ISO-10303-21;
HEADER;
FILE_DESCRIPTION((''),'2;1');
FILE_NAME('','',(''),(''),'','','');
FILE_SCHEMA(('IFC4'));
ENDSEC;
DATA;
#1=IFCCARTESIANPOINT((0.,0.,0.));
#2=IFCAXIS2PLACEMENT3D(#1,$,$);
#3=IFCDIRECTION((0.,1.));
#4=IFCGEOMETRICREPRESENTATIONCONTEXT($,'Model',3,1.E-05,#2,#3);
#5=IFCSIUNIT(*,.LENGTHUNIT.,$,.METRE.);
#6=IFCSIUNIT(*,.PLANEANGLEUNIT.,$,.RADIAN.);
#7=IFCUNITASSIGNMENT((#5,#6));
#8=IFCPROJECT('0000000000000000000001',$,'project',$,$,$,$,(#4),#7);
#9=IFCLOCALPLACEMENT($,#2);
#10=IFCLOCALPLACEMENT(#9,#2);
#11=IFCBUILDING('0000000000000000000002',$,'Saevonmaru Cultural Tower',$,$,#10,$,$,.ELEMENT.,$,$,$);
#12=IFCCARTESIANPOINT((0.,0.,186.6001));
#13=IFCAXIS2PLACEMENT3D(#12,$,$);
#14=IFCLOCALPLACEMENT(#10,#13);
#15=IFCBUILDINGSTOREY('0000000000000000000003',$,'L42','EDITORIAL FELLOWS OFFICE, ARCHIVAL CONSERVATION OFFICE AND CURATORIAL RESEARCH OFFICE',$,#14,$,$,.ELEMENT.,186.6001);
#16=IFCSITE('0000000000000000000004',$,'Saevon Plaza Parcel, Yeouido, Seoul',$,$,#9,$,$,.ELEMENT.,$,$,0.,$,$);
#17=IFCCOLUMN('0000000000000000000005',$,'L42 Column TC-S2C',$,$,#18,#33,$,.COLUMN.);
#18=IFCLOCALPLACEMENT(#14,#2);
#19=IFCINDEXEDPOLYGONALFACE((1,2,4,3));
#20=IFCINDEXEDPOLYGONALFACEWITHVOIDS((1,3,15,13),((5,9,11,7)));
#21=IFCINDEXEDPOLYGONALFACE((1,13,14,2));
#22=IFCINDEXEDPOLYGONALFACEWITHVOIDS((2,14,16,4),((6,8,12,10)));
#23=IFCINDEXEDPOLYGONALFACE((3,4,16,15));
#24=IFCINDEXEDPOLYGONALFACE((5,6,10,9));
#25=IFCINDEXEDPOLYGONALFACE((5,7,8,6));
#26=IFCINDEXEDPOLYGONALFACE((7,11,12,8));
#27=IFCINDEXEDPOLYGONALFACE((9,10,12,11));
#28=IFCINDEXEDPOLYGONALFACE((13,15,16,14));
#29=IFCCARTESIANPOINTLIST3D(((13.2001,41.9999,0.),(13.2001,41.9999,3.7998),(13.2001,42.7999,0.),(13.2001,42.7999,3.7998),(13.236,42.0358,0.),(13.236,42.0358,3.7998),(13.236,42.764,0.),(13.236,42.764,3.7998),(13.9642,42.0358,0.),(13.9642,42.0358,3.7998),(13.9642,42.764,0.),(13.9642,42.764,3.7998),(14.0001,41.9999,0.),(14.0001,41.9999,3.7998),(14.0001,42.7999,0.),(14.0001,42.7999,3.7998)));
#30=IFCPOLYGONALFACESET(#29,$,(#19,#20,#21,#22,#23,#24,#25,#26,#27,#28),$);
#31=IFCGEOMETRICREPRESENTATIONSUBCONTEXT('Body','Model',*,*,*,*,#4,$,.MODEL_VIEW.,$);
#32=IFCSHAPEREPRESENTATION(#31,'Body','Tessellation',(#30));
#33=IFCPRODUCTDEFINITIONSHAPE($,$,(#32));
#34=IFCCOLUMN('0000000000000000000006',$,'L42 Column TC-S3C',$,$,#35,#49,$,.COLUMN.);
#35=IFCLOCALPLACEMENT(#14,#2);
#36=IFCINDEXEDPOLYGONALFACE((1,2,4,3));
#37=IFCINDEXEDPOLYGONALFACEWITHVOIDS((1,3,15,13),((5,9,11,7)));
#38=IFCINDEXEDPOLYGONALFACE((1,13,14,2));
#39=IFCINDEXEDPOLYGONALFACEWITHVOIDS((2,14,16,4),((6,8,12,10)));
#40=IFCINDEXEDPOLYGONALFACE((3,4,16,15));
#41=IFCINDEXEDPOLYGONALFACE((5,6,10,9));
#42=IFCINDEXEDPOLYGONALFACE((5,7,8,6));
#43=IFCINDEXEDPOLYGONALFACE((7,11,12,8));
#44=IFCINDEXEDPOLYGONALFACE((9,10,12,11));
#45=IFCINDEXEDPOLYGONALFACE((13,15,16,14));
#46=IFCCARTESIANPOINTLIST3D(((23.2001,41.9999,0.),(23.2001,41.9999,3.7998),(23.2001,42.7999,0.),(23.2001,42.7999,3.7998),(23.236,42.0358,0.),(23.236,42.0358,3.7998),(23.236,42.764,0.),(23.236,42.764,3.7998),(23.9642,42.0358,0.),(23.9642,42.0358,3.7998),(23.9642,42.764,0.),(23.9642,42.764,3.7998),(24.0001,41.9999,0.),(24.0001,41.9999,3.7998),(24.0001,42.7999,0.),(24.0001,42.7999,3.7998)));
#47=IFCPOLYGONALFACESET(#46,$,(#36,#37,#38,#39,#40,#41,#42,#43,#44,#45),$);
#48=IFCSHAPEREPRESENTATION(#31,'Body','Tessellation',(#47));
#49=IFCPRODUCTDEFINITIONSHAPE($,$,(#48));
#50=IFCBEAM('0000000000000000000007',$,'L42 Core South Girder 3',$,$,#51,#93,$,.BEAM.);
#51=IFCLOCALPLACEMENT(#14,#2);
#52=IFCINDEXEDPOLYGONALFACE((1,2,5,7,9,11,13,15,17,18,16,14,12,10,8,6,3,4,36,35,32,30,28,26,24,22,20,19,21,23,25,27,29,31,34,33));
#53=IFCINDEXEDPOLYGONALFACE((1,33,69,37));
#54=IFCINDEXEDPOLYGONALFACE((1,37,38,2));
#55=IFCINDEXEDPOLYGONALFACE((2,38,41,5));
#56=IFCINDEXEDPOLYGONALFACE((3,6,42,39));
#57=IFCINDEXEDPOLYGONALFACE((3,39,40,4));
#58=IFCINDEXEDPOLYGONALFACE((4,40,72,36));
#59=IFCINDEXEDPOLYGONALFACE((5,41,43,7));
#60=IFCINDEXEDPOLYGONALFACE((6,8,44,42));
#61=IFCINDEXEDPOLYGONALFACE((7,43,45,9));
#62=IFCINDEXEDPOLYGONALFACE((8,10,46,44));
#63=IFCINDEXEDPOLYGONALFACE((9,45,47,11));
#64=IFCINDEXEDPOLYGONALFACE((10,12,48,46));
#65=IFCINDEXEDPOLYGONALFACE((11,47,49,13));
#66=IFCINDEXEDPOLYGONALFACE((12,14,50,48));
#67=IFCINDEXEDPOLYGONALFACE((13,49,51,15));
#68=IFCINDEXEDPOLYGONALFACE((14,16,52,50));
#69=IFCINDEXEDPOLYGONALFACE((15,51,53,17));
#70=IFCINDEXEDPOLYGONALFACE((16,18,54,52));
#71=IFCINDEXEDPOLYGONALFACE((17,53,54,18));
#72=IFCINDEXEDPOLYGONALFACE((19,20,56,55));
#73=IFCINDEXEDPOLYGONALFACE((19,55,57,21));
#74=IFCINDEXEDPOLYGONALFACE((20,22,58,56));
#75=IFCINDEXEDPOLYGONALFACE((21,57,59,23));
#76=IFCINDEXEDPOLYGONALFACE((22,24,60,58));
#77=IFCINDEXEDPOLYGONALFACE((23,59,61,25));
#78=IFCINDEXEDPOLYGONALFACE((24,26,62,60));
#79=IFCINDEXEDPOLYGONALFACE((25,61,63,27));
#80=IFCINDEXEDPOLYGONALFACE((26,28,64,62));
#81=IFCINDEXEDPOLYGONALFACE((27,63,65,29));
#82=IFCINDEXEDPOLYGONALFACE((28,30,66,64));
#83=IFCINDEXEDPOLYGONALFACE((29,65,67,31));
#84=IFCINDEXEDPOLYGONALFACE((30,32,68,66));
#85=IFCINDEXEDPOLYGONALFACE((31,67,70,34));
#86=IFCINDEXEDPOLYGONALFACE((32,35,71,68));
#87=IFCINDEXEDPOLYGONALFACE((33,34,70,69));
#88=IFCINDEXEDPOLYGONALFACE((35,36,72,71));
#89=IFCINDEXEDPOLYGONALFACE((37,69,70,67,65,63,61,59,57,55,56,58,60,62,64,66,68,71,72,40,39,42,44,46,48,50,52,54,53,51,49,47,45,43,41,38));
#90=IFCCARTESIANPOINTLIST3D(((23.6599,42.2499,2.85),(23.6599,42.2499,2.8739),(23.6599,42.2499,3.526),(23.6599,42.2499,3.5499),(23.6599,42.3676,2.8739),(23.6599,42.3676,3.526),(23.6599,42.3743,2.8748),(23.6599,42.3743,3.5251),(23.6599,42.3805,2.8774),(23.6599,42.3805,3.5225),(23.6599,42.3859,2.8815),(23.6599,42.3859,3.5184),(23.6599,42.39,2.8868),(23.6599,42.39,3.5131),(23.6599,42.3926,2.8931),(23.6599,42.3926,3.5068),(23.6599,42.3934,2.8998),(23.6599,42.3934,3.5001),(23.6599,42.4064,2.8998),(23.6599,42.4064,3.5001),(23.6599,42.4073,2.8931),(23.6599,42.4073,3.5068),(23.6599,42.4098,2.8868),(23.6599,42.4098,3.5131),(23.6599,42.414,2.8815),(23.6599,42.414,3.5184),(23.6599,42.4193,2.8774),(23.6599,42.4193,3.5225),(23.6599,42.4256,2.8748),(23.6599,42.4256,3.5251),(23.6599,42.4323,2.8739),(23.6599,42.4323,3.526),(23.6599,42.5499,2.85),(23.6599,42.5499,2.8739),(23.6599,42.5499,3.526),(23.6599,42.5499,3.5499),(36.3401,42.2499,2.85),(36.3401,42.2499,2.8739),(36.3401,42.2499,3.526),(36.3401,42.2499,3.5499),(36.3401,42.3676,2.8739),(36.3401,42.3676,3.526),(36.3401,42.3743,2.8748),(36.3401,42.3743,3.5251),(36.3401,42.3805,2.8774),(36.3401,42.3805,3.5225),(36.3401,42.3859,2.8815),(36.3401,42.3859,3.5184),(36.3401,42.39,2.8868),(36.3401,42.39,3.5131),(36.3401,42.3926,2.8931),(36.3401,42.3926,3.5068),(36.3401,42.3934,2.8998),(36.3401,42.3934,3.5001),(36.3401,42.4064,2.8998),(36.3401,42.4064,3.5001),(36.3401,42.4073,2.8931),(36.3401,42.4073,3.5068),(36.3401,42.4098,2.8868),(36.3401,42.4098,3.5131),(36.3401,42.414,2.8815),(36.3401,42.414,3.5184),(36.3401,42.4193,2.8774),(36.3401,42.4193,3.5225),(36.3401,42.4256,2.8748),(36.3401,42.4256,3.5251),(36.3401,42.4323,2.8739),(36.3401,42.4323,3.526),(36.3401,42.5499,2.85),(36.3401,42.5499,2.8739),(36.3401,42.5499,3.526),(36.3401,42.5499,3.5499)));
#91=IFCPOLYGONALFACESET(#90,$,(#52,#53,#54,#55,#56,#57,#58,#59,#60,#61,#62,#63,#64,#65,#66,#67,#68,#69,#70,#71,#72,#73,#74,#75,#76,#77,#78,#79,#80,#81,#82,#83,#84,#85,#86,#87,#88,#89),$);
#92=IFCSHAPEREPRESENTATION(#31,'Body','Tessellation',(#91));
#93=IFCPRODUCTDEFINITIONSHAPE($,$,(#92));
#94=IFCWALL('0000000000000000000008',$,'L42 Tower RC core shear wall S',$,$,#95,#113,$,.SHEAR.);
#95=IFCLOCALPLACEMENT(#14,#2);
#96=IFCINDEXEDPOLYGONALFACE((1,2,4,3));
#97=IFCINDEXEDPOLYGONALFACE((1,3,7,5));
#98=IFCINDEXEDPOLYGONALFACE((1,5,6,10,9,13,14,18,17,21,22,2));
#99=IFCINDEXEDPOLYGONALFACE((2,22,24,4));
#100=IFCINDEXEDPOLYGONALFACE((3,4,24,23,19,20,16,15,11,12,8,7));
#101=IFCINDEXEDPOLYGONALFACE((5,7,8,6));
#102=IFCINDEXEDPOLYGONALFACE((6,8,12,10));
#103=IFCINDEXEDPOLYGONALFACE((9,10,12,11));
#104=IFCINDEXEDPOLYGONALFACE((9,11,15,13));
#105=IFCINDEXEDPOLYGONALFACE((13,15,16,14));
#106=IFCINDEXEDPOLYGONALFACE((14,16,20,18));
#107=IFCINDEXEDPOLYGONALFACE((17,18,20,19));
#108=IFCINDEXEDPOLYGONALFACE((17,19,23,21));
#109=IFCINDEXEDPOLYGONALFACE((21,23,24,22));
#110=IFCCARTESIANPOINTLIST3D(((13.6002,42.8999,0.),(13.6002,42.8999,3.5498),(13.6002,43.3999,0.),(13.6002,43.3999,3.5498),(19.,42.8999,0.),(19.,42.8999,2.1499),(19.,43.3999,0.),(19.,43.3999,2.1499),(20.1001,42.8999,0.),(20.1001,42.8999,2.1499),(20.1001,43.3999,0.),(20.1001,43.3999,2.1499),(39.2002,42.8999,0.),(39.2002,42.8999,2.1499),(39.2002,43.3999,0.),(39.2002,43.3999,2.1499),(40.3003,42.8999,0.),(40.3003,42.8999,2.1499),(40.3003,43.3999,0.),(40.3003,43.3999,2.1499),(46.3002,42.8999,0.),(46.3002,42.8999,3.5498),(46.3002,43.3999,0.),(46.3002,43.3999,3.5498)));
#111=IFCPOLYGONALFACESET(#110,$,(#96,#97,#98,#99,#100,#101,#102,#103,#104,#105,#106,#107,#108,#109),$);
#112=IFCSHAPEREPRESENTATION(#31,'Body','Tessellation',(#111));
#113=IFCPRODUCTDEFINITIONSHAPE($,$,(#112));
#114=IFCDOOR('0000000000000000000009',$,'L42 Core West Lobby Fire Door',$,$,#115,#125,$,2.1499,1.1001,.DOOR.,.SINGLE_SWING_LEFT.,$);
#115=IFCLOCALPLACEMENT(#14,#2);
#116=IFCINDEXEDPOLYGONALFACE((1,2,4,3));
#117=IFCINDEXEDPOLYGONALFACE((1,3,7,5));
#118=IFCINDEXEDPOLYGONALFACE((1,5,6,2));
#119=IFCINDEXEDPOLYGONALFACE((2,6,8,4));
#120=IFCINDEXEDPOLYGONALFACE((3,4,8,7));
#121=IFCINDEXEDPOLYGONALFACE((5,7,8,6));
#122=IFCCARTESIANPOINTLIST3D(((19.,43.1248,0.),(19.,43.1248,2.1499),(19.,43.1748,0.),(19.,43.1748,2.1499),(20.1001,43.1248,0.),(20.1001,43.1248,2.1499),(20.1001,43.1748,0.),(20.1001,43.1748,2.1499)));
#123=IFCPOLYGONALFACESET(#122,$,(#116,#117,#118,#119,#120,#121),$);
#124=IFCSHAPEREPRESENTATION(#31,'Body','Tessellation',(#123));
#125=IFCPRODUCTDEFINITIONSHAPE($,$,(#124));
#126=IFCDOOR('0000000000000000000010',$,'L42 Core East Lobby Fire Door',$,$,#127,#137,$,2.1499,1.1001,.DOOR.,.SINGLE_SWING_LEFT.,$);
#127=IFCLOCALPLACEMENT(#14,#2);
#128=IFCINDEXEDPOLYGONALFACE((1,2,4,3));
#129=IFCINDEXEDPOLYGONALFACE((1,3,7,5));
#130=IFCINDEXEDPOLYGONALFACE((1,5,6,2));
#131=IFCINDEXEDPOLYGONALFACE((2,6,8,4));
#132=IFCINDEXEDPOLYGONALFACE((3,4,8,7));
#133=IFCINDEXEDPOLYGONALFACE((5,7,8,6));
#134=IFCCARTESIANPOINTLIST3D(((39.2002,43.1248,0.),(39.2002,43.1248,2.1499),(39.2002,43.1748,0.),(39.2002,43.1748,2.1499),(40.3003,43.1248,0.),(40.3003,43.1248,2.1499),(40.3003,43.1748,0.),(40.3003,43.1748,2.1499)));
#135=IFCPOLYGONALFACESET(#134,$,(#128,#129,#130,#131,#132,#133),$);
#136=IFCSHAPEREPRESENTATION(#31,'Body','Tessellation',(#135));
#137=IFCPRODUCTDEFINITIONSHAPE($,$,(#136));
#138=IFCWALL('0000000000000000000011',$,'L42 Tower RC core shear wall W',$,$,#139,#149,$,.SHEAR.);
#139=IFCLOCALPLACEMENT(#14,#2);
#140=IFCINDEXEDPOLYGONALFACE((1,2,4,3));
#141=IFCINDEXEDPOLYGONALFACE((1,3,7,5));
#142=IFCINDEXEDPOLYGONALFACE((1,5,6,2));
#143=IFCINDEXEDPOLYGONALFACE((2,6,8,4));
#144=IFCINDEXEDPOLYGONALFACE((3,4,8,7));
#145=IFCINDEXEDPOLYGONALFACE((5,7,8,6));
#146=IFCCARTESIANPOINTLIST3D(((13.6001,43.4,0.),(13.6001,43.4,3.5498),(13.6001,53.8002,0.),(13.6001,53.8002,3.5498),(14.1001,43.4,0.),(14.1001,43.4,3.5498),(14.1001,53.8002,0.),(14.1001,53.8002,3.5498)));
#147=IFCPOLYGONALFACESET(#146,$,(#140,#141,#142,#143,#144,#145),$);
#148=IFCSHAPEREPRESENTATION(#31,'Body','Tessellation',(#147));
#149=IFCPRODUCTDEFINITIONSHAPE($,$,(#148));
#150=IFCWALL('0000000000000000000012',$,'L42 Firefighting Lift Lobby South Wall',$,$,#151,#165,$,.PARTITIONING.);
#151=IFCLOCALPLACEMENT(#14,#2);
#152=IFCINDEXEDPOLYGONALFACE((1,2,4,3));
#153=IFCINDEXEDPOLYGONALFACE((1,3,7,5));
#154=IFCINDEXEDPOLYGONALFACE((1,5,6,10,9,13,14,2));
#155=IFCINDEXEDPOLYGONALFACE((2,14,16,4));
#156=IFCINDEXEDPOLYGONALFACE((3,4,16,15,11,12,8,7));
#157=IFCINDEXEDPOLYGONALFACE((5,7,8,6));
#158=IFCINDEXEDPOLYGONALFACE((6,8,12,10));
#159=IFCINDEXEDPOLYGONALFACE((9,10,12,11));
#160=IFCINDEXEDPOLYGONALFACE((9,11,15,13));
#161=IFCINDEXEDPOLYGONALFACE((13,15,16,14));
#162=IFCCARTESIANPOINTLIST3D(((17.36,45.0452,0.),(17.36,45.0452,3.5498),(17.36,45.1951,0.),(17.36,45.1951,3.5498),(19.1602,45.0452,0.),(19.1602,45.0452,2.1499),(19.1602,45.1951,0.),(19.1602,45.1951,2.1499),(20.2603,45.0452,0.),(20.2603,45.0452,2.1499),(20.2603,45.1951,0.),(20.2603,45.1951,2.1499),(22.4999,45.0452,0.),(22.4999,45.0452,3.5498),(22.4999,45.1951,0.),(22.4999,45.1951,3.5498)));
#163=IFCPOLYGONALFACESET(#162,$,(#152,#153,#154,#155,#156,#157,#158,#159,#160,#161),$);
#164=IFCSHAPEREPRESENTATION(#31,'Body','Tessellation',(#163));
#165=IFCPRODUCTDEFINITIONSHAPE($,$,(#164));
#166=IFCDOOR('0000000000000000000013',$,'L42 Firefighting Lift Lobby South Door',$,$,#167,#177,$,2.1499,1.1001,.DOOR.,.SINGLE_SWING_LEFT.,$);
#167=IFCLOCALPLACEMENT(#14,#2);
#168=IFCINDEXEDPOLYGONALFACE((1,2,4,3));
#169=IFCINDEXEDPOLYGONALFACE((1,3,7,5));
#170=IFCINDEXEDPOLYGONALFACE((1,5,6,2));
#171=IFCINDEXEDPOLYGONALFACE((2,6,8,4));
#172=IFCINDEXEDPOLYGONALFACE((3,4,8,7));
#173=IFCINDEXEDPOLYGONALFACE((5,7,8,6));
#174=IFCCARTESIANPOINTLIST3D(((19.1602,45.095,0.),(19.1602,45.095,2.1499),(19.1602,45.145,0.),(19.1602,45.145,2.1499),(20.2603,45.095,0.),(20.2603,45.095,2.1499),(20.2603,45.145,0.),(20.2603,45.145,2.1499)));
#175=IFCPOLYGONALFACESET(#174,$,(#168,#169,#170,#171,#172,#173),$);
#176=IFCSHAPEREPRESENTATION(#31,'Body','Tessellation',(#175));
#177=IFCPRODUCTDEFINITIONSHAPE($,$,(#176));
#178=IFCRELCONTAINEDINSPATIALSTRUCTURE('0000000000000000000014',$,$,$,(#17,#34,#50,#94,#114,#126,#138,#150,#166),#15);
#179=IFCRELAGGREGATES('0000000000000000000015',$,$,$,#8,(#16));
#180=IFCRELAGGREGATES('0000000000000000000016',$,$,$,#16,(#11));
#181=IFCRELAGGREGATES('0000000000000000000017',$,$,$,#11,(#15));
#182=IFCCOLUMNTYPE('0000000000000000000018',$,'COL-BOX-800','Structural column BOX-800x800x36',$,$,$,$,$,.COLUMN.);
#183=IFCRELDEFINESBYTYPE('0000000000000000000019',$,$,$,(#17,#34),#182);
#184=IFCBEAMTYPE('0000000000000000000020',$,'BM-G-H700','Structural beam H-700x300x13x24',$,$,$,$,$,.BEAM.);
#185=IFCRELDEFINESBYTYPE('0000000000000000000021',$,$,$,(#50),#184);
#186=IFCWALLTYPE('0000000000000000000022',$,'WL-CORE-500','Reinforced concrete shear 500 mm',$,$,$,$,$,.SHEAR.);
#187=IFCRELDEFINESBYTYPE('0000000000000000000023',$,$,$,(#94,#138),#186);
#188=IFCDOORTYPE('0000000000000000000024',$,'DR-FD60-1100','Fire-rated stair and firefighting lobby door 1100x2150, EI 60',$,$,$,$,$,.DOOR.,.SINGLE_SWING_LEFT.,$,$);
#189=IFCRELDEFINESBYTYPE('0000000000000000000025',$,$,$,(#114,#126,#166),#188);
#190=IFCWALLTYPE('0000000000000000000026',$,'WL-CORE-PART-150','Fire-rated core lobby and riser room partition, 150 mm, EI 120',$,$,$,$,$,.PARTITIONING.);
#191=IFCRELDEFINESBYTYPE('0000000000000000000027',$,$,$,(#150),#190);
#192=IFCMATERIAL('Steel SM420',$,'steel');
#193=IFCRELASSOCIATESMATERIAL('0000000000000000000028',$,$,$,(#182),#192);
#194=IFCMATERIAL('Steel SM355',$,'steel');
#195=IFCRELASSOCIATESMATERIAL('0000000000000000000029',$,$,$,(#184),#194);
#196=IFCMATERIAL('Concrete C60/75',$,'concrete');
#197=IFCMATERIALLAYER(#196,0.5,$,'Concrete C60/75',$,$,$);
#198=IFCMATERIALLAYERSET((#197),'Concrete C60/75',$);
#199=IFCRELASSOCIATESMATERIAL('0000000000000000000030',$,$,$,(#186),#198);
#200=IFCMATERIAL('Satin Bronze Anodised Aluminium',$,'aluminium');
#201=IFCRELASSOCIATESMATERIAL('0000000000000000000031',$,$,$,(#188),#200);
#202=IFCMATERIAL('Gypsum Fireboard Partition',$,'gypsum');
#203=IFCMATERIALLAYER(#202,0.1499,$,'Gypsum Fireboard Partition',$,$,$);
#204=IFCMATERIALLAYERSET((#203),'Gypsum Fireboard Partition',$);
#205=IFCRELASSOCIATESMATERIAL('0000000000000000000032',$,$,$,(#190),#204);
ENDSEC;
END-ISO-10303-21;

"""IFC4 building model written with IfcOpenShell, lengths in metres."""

from ifc_helpers import new_model, si_unit, direction, frame, frame_2d, origin, origin_2d, place, context, subcontext, project, spatial, rectangle, hollow_rectangle, i_section, extrude, material, layer, layer_set, material_profile, profile_set, type_object, element, fill, save


model = new_model("IFC4")

# Units and contexts
model_context = context("Model", 3, precision=1e-05, world=origin(), true_north=direction((0.0, 1.0)))
body_context = subcontext(model_context, "Body", "Model", "MODEL_VIEW")
ifc_project = project(units=[si_unit("LENGTHUNIT", "METRE"), si_unit("PLANEANGLEUNIT", "RADIAN")], contexts=[model_context])

# Site, building, storey
site_placement = place(None, origin())
site = spatial("IfcSite", under=ifc_project, at=site_placement, Name="Saevon Plaza Parcel, Yeouido, Seoul", CompositionType="ELEMENT", RefElevation=0.0)
building_placement = place(site_placement, origin())
building = spatial("IfcBuilding", under=site, at=building_placement, Name="Saevonmaru Cultural Tower", CompositionType="ELEMENT")
storey_placement = place(building_placement, frame((0.0, 0.0, 186.6001)))
storey = spatial("IfcBuildingStorey", under=building, at=storey_placement, Name="L42", Description="EDITORIAL FELLOWS OFFICE, ARCHIVAL CONSERVATION OFFICE AND CURATORIAL RESEARCH OFFICE", CompositionType="ELEMENT", Elevation=186.6001)

# Columns
ifc_material_1 = material(Name="Steel SM420", Category="steel")
ifc_material_profile_1 = material_profile(ifc_material_1, hollow_rectangle(XDim=0.8, YDim=0.8, WallThickness=0.0359, at=origin_2d()), Name="BOX-800x800x36")
ifc_profile_set_1 = profile_set([ifc_material_profile_1], Name="Steel SM420")
column_type = type_object("IfcColumnType", Name="COL-BOX-800", Description="Structural column BOX-800x800x36", PredefinedType="COLUMN", material=ifc_profile_set_1)
for number, where, z_axis, x_axis, name in (
    (1, (13.6001, 42.3999, 0.0), (0.0, 0.0, 1.0), (1.0, 0.0, 0.0), "L42 Column TC-S2C"),
    (2, (23.6001, 42.3999, 0.0), (0.0, 0.0, 1.0), (1.0, 0.0, 0.0), "L42 Column TC-S3C"),
):
    element("IfcColumn", number, at=place(storey_placement, frame(where, z_axis=z_axis, x_axis=x_axis)), inside=storey, type_object=column_type, Name=name, PredefinedType="COLUMN", context=body_context, shape_type="SweptSolid", body=[
        extrude(hollow_rectangle(XDim=0.8, YDim=0.8, WallThickness=0.0359, at=origin_2d()), origin(), (0.0, 0.0, 1.0), 3.7998),
    ])

# Beam
ifc_material_2 = material(Name="Steel SM355", Category="steel")
ifc_material_profile_2 = material_profile(ifc_material_2, i_section(OverallWidth=0.3, OverallDepth=0.7, WebThickness=0.0129, FlangeThickness=0.0239, FilletRadius=0.0259, at=origin_2d()), Name="H-700x300x13x24")
ifc_profile_set_2 = profile_set([ifc_material_profile_2], Name="Steel SM355")
beam_type = type_object("IfcBeamType", Name="BM-G-H700", Description="Structural beam H-700x300x13x24", PredefinedType="BEAM", material=ifc_profile_set_2)
beam_placement = place(storey_placement, frame((23.6599, 42.3999, 3.2), z_axis=(1.0, 0.0, 0.0), x_axis=(0.0, 1.0, 0.0)))
element("IfcBeam", 3, at=beam_placement, inside=storey, type_object=beam_type, Name="L42 Core South Girder 3", PredefinedType="BEAM", context=body_context, shape_type="SweptSolid", body=[
    extrude(i_section(OverallWidth=0.3, OverallDepth=0.7, WebThickness=0.0129, FlangeThickness=0.0239, FilletRadius=0.0259, at=origin_2d()), origin(), (0.0, 0.0, 1.0), 12.6802),
])

# Wall, openings, doors
ifc_material_3 = material(Name="Concrete C60/75", Category="concrete")
ifc_layer_1 = layer(ifc_material_3, 0.5, Name="Concrete C60/75")
ifc_layer_set_1 = layer_set([ifc_layer_1], Name="Concrete C60/75")
wall_type_1 = type_object("IfcWallType", Name="WL-CORE-500", Description="Reinforced concrete shear 500 mm", PredefinedType="SHEAR", material=ifc_layer_set_1)
wall_1_placement = place(storey_placement, frame((13.6001, 43.1499, 0.0), z_axis=(0.0, 0.0, 1.0), x_axis=(1.0, 0.0, 0.0)))
wall_1 = element("IfcWall", 4, at=wall_1_placement, inside=storey, type_object=wall_type_1, Name="L42 Tower RC core shear wall S", PredefinedType="SHEAR", context=body_context, shape_type="SweptSolid", body=[
    extrude(rectangle(XDim=32.7, YDim=0.5, at=frame_2d((16.3501, 0.0))), origin(), (0.0, 0.0, 1.0), 3.5498),
])
opening_1_placement = place(wall_1_placement, frame((5.3999, 0.0, 0.0)))
opening_1 = element("IfcOpeningElement", 5, at=opening_1_placement, cuts=wall_1, PredefinedType="OPENING", context=body_context, shape_type="SweptSolid", body=[
    extrude(rectangle(XDim=1.1001, YDim=2.1499, at=frame_2d((0.55, 1.075))), frame((0.0, 0.26, 0.0), z_axis=(0.0, -1.0, 0.0), x_axis=(1.0, 0.0, 0.0)), (0.0, 0.0, 1.0), 0.52),
])
opening_2_placement = place(wall_1_placement, frame((25.6001, 0.0, 0.0)))
opening_2 = element("IfcOpeningElement", 6, at=opening_2_placement, cuts=wall_1, PredefinedType="OPENING", context=body_context, shape_type="SweptSolid", body=[
    extrude(rectangle(XDim=1.1001, YDim=2.1499, at=frame_2d((0.55, 1.075))), frame((0.0, 0.26, 0.0), z_axis=(0.0, -1.0, 0.0), x_axis=(1.0, 0.0, 0.0)), (0.0, 0.0, 1.0), 0.52),
])
ifc_material_4 = material(Name="Satin Bronze Anodised Aluminium", Category="aluminium")
door_type_1 = type_object("IfcDoorType", Name="DR-FD60-1100", Description="Fire-rated stair and firefighting lobby door 1100x2150, EI 60", OperationType="SINGLE_SWING_LEFT", PredefinedType="DOOR", material=ifc_material_4)
door_1_placement = place(opening_1_placement, origin())
door_1 = element("IfcDoor", 7, at=door_1_placement, inside=storey, type_object=door_type_1, Name="L42 Core West Lobby Fire Door", OperationType="SINGLE_SWING_LEFT", OverallHeight=2.1499, OverallWidth=1.1001, PredefinedType="DOOR", context=body_context, shape_type="SweptSolid", body=[
    extrude(rectangle(XDim=1.1001, YDim=2.1499, at=frame_2d((0.55, 1.075))), frame((0.0, 0.0249, 0.0), z_axis=(0.0, -1.0, 0.0), x_axis=(1.0, 0.0, 0.0)), (0.0, 0.0, 1.0), 0.05),
])
fill(opening_1, door_1)
door_2_placement = place(opening_2_placement, origin())
door_2 = element("IfcDoor", 8, at=door_2_placement, inside=storey, type_object=door_type_1, Name="L42 Core East Lobby Fire Door", OperationType="SINGLE_SWING_LEFT", OverallHeight=2.1499, OverallWidth=1.1001, PredefinedType="DOOR", context=body_context, shape_type="SweptSolid", body=[
    extrude(rectangle(XDim=1.1001, YDim=2.1499, at=frame_2d((0.55, 1.075))), frame((0.0, 0.0249, 0.0), z_axis=(0.0, -1.0, 0.0), x_axis=(1.0, 0.0, 0.0)), (0.0, 0.0, 1.0), 0.05),
])
fill(opening_2, door_2)

# Wall
wall_2_placement = place(storey_placement, frame((13.8501, 43.3999, 0.0), z_axis=(0.0, 0.0, 1.0), x_axis=(0.0, 1.0, 0.0)))
element("IfcWall", 9, at=wall_2_placement, inside=storey, type_object=wall_type_1, Name="L42 Tower RC core shear wall W", PredefinedType="SHEAR", context=body_context, shape_type="SweptSolid", body=[
    extrude(rectangle(XDim=10.4001, YDim=0.5, at=frame_2d((5.2002, 0.0))), origin(), (0.0, 0.0, 1.0), 3.5498),
])

# Wall, opening, door
ifc_material_5 = material(Name="Gypsum Fireboard Partition", Category="gypsum")
ifc_layer_2 = layer(ifc_material_5, 0.1499, Name="Gypsum Fireboard Partition")
ifc_layer_set_2 = layer_set([ifc_layer_2], Name="Gypsum Fireboard Partition")
wall_type_2 = type_object("IfcWallType", Name="WL-CORE-PART-150", Description="Fire-rated core lobby and riser room partition, 150 mm, EI 120", PredefinedType="PARTITIONING", material=ifc_layer_set_2)
wall_3_placement = place(storey_placement, frame((17.3601, 45.1201, 0.0), z_axis=(0.0, 0.0, 1.0), x_axis=(1.0, 0.0, 0.0)))
wall_3 = element("IfcWall", 10, at=wall_3_placement, inside=storey, type_object=wall_type_2, Name="L42 Firefighting Lift Lobby South Wall", PredefinedType="PARTITIONING", context=body_context, shape_type="SweptSolid", body=[
    extrude(rectangle(XDim=5.1399, YDim=0.1499, at=frame_2d((2.5698, 0.0))), origin(), (0.0, 0.0, 1.0), 3.5498),
])
opening_3_placement = place(wall_3_placement, frame((1.8, 0.0, 0.0)))
opening_3 = element("IfcOpeningElement", 11, at=opening_3_placement, cuts=wall_3, PredefinedType="OPENING", context=body_context, shape_type="SweptSolid", body=[
    extrude(rectangle(XDim=1.1001, YDim=2.1499, at=frame_2d((0.55, 1.075))), frame((0.0, 0.085, 0.0), z_axis=(0.0, -1.0, 0.0), x_axis=(1.0, 0.0, 0.0)), (0.0, 0.0, 1.0), 0.1699),
])
door_3_placement = place(opening_3_placement, origin())
door_3 = element("IfcDoor", 12, at=door_3_placement, inside=storey, type_object=door_type_1, Name="L42 Firefighting Lift Lobby South Door", OperationType="SINGLE_SWING_LEFT", OverallHeight=2.1499, OverallWidth=1.1001, PredefinedType="DOOR", context=body_context, shape_type="SweptSolid", body=[
    extrude(rectangle(XDim=1.1001, YDim=2.1499, at=frame_2d((0.55, 1.075))), frame((0.0, 0.0249, 0.0), z_axis=(0.0, -1.0, 0.0), x_axis=(1.0, 0.0, 0.0)), (0.0, 0.0, 1.0), 0.05),
])
fill(opening_3, door_3)

save(model, "model.ifc")
